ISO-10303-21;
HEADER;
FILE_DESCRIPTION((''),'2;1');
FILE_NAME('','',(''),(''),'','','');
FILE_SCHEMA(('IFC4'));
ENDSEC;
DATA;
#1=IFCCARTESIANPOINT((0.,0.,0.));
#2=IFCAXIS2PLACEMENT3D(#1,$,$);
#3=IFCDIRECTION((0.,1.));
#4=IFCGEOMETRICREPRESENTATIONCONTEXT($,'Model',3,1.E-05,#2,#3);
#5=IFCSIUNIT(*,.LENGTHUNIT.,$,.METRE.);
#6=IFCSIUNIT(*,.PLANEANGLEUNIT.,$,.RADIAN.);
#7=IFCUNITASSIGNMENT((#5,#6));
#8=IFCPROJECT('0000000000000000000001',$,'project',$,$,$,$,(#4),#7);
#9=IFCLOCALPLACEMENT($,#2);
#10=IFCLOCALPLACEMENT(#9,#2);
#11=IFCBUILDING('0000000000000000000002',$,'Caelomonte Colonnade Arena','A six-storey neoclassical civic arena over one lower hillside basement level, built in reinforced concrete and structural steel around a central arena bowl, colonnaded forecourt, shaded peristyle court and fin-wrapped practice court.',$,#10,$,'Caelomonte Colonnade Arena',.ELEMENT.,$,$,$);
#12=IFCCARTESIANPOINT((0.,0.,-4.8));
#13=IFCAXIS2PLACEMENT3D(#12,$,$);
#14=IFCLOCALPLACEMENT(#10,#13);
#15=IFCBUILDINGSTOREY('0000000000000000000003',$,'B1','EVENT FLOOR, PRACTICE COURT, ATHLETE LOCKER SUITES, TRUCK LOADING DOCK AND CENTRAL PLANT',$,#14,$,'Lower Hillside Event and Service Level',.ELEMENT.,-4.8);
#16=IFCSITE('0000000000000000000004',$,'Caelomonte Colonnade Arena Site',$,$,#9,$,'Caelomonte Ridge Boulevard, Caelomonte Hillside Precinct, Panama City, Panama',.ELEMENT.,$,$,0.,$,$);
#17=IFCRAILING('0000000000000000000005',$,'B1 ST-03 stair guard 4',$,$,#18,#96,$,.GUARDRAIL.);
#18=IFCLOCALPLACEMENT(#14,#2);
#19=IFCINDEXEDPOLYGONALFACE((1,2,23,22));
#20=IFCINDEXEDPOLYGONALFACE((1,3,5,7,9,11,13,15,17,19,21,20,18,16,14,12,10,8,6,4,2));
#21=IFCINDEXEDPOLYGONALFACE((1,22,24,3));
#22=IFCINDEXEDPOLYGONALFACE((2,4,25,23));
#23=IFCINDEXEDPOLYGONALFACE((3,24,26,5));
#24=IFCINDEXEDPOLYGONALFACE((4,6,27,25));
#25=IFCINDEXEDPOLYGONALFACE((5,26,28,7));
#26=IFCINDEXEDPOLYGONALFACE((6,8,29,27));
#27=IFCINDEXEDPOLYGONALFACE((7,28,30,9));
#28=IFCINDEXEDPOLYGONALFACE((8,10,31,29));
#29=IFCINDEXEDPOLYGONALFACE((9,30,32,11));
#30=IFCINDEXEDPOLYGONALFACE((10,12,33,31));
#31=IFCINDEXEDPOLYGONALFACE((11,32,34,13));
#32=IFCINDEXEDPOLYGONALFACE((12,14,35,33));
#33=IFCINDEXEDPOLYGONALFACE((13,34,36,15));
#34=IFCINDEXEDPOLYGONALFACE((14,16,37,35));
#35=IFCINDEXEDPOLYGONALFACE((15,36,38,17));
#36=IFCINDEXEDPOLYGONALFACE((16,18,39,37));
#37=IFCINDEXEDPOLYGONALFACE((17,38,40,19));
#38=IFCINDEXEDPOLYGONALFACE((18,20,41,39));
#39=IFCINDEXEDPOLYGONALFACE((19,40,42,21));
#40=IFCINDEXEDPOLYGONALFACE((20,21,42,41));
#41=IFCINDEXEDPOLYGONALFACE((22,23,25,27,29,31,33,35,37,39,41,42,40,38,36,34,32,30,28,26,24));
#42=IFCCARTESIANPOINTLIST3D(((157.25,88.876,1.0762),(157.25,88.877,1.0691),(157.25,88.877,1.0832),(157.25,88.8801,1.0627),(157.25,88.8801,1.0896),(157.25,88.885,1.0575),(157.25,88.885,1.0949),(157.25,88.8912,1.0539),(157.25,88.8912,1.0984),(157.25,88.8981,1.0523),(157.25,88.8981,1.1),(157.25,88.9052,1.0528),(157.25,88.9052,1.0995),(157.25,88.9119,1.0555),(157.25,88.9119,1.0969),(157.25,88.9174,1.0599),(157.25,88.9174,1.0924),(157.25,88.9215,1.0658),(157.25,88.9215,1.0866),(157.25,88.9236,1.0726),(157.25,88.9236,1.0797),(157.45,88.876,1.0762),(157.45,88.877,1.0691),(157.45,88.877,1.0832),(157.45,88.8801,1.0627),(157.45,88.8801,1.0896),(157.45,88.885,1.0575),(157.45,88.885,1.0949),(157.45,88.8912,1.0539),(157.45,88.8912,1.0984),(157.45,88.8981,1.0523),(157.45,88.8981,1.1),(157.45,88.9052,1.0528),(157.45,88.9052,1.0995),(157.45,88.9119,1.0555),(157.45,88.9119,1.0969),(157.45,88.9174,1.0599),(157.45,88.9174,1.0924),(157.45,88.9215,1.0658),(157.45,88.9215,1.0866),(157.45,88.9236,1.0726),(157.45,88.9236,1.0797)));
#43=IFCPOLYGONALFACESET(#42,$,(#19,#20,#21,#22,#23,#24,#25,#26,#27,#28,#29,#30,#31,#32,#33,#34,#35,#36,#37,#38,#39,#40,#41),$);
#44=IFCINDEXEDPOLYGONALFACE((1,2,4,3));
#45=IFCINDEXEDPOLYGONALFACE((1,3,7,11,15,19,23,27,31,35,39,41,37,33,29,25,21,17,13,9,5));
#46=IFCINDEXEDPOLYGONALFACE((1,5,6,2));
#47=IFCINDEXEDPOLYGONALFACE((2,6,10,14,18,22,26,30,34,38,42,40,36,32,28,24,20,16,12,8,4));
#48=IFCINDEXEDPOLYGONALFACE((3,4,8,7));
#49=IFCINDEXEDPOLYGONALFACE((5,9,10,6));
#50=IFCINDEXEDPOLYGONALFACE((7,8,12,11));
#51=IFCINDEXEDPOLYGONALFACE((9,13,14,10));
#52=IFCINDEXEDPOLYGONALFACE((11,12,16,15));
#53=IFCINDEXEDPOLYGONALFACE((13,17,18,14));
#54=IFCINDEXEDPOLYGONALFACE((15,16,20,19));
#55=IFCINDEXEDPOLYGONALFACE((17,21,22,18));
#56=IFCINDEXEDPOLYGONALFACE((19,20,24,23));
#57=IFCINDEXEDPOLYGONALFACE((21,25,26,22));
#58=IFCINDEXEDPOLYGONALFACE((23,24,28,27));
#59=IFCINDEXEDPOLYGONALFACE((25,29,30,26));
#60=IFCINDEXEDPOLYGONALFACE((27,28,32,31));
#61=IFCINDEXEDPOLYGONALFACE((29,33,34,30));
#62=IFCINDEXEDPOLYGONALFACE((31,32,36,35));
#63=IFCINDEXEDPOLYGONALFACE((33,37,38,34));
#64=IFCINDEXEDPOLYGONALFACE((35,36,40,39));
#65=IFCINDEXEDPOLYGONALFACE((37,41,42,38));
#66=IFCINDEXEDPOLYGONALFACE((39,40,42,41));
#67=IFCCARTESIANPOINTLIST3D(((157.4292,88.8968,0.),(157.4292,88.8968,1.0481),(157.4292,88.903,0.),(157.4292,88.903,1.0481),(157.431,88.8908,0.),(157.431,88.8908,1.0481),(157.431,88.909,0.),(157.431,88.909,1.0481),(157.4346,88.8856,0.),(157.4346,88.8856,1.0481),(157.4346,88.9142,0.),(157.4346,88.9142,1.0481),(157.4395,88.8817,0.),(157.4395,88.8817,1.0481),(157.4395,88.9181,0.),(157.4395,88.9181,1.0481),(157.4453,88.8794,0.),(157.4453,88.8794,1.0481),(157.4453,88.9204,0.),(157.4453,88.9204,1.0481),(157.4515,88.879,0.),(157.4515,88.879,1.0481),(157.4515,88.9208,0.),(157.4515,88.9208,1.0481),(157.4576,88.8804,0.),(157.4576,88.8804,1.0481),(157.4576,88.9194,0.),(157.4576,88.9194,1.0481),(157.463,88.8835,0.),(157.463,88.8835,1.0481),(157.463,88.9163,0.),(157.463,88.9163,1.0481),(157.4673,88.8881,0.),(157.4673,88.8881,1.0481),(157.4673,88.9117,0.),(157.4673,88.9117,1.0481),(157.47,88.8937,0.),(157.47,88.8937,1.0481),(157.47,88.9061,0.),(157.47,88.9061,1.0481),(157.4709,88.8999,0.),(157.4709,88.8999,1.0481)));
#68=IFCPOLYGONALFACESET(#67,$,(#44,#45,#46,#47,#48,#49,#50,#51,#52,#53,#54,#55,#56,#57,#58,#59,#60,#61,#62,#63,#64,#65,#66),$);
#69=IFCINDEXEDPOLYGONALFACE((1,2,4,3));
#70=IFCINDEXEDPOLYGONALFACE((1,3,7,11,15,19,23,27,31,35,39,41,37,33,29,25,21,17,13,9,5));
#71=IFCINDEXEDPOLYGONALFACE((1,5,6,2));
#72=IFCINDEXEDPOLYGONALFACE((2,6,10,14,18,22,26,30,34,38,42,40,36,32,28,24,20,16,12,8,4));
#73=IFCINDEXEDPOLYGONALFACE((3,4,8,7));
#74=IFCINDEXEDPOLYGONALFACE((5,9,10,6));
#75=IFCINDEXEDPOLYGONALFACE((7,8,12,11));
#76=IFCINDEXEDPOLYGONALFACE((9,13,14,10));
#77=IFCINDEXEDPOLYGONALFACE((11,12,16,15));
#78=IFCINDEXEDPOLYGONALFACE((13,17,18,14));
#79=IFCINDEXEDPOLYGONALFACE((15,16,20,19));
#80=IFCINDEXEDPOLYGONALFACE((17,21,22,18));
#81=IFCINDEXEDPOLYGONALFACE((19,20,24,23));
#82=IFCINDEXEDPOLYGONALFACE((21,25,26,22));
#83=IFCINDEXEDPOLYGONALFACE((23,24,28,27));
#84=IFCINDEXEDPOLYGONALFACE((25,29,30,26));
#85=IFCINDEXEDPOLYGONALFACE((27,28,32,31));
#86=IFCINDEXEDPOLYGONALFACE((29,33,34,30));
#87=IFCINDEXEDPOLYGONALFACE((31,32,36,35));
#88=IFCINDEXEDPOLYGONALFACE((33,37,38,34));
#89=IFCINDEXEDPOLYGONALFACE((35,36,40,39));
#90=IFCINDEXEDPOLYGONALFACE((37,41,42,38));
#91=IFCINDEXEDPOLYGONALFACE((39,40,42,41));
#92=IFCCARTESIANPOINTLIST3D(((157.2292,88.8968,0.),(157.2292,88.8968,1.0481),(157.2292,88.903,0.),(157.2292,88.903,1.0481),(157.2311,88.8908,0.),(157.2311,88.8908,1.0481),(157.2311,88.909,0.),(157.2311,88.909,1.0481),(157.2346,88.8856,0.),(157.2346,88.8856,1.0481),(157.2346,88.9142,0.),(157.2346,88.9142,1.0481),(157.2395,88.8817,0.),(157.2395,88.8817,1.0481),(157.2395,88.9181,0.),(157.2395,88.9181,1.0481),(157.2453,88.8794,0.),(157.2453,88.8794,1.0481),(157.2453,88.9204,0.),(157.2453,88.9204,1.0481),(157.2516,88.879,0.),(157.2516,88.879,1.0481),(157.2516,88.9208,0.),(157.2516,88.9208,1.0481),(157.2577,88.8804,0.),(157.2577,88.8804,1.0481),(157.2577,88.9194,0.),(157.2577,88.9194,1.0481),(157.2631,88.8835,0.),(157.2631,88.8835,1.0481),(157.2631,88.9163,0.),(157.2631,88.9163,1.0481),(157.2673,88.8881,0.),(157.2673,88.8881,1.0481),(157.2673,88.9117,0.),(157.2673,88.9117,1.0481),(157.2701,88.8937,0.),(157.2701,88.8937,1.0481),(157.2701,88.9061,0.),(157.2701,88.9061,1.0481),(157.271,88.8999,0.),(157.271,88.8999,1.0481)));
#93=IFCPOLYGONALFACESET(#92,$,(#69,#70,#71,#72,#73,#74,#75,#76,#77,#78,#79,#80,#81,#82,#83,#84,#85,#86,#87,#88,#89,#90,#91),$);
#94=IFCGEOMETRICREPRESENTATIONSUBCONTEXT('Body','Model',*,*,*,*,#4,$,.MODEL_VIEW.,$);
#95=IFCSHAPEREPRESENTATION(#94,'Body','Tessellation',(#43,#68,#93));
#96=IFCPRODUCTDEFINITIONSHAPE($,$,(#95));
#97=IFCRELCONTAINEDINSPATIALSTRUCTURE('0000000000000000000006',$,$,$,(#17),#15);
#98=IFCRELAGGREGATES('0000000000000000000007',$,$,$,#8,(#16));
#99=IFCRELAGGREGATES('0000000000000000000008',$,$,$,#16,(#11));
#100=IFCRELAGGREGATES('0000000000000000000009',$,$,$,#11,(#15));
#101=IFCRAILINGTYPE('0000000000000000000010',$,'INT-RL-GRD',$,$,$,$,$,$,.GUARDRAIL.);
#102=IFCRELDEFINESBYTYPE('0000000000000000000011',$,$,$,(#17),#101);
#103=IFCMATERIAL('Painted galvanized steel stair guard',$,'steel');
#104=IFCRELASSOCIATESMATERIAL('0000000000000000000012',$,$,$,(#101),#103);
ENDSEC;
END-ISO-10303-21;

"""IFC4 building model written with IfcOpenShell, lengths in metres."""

from ifc_helpers import new_model, si_unit, direction, frame, origin, origin_2d, place, context, subcontext, project, spatial, circle, extrude, material, type_object, element, save


model = new_model("IFC4")

# Units and contexts
model_context = context("Model", 3, precision=1e-05, world=origin(), true_north=direction((0.0, 1.0)))
body_context = subcontext(model_context, "Body", "Model", "MODEL_VIEW")
ifc_project = project(units=[si_unit("LENGTHUNIT", "METRE"), si_unit("PLANEANGLEUNIT", "RADIAN")], contexts=[model_context])

# Site, building, storey
site_placement = place(None, origin())
site = spatial("IfcSite", under=ifc_project, at=site_placement, Name="Caelomonte Colonnade Arena Site", LongName="Caelomonte Ridge Boulevard, Caelomonte Hillside Precinct, Panama City, Panama", CompositionType="ELEMENT", RefElevation=0.0)
building_placement = place(site_placement, origin())
building = spatial("IfcBuilding", under=site, at=building_placement, Name="Caelomonte Colonnade Arena", Description="A six-storey neoclassical civic arena over one lower hillside basement level, built in reinforced concrete and structural steel around a central arena bowl, colonnaded forecourt, shaded peristyle court and fin-wrapped practice court.", LongName="Caelomonte Colonnade Arena", CompositionType="ELEMENT")
storey_placement = place(building_placement, frame((0.0, 0.0, -4.8)))
storey = spatial("IfcBuildingStorey", under=building, at=storey_placement, Name="B1", Description="EVENT FLOOR, PRACTICE COURT, ATHLETE LOCKER SUITES, TRUCK LOADING DOCK AND CENTRAL PLANT", LongName="Lower Hillside Event and Service Level", CompositionType="ELEMENT", Elevation=-4.8)

# Railing
ifc_material_1 = material(Name="Painted galvanized steel stair guard", Category="steel")
railing_type_1 = type_object("IfcRailingType", Name="INT-RL-GRD", PredefinedType="GUARDRAIL", material=ifc_material_1)
railing_1_placement = place(storey_placement, frame((157.45, 88.8999, 0.0)))
element("IfcRailing", 1, at=railing_1_placement, inside=storey, type_object=railing_type_1, Name="B1 ST-03 stair guard 4", PredefinedType="GUARDRAIL", context=body_context, shape_type="SweptSolid", body=[
    extrude(circle(Radius=0.0239, at=origin_2d()), frame((0.0, 0.0, 1.0762), z_axis=(-1.0, 0.0, 0.0), x_axis=(0.0, -1.0, 0.0)), (0.0, 0.0, 1.0), 0.2),
    extrude(circle(Radius=0.021, at=origin_2d()), origin(), (0.0, 0.0, 1.0), 1.0481),
    extrude(circle(Radius=0.021, at=origin_2d()), frame((-0.2, 0.0, 0.0)), (0.0, 0.0, 1.0), 1.0481),
])

save(model, "model.ifc")
